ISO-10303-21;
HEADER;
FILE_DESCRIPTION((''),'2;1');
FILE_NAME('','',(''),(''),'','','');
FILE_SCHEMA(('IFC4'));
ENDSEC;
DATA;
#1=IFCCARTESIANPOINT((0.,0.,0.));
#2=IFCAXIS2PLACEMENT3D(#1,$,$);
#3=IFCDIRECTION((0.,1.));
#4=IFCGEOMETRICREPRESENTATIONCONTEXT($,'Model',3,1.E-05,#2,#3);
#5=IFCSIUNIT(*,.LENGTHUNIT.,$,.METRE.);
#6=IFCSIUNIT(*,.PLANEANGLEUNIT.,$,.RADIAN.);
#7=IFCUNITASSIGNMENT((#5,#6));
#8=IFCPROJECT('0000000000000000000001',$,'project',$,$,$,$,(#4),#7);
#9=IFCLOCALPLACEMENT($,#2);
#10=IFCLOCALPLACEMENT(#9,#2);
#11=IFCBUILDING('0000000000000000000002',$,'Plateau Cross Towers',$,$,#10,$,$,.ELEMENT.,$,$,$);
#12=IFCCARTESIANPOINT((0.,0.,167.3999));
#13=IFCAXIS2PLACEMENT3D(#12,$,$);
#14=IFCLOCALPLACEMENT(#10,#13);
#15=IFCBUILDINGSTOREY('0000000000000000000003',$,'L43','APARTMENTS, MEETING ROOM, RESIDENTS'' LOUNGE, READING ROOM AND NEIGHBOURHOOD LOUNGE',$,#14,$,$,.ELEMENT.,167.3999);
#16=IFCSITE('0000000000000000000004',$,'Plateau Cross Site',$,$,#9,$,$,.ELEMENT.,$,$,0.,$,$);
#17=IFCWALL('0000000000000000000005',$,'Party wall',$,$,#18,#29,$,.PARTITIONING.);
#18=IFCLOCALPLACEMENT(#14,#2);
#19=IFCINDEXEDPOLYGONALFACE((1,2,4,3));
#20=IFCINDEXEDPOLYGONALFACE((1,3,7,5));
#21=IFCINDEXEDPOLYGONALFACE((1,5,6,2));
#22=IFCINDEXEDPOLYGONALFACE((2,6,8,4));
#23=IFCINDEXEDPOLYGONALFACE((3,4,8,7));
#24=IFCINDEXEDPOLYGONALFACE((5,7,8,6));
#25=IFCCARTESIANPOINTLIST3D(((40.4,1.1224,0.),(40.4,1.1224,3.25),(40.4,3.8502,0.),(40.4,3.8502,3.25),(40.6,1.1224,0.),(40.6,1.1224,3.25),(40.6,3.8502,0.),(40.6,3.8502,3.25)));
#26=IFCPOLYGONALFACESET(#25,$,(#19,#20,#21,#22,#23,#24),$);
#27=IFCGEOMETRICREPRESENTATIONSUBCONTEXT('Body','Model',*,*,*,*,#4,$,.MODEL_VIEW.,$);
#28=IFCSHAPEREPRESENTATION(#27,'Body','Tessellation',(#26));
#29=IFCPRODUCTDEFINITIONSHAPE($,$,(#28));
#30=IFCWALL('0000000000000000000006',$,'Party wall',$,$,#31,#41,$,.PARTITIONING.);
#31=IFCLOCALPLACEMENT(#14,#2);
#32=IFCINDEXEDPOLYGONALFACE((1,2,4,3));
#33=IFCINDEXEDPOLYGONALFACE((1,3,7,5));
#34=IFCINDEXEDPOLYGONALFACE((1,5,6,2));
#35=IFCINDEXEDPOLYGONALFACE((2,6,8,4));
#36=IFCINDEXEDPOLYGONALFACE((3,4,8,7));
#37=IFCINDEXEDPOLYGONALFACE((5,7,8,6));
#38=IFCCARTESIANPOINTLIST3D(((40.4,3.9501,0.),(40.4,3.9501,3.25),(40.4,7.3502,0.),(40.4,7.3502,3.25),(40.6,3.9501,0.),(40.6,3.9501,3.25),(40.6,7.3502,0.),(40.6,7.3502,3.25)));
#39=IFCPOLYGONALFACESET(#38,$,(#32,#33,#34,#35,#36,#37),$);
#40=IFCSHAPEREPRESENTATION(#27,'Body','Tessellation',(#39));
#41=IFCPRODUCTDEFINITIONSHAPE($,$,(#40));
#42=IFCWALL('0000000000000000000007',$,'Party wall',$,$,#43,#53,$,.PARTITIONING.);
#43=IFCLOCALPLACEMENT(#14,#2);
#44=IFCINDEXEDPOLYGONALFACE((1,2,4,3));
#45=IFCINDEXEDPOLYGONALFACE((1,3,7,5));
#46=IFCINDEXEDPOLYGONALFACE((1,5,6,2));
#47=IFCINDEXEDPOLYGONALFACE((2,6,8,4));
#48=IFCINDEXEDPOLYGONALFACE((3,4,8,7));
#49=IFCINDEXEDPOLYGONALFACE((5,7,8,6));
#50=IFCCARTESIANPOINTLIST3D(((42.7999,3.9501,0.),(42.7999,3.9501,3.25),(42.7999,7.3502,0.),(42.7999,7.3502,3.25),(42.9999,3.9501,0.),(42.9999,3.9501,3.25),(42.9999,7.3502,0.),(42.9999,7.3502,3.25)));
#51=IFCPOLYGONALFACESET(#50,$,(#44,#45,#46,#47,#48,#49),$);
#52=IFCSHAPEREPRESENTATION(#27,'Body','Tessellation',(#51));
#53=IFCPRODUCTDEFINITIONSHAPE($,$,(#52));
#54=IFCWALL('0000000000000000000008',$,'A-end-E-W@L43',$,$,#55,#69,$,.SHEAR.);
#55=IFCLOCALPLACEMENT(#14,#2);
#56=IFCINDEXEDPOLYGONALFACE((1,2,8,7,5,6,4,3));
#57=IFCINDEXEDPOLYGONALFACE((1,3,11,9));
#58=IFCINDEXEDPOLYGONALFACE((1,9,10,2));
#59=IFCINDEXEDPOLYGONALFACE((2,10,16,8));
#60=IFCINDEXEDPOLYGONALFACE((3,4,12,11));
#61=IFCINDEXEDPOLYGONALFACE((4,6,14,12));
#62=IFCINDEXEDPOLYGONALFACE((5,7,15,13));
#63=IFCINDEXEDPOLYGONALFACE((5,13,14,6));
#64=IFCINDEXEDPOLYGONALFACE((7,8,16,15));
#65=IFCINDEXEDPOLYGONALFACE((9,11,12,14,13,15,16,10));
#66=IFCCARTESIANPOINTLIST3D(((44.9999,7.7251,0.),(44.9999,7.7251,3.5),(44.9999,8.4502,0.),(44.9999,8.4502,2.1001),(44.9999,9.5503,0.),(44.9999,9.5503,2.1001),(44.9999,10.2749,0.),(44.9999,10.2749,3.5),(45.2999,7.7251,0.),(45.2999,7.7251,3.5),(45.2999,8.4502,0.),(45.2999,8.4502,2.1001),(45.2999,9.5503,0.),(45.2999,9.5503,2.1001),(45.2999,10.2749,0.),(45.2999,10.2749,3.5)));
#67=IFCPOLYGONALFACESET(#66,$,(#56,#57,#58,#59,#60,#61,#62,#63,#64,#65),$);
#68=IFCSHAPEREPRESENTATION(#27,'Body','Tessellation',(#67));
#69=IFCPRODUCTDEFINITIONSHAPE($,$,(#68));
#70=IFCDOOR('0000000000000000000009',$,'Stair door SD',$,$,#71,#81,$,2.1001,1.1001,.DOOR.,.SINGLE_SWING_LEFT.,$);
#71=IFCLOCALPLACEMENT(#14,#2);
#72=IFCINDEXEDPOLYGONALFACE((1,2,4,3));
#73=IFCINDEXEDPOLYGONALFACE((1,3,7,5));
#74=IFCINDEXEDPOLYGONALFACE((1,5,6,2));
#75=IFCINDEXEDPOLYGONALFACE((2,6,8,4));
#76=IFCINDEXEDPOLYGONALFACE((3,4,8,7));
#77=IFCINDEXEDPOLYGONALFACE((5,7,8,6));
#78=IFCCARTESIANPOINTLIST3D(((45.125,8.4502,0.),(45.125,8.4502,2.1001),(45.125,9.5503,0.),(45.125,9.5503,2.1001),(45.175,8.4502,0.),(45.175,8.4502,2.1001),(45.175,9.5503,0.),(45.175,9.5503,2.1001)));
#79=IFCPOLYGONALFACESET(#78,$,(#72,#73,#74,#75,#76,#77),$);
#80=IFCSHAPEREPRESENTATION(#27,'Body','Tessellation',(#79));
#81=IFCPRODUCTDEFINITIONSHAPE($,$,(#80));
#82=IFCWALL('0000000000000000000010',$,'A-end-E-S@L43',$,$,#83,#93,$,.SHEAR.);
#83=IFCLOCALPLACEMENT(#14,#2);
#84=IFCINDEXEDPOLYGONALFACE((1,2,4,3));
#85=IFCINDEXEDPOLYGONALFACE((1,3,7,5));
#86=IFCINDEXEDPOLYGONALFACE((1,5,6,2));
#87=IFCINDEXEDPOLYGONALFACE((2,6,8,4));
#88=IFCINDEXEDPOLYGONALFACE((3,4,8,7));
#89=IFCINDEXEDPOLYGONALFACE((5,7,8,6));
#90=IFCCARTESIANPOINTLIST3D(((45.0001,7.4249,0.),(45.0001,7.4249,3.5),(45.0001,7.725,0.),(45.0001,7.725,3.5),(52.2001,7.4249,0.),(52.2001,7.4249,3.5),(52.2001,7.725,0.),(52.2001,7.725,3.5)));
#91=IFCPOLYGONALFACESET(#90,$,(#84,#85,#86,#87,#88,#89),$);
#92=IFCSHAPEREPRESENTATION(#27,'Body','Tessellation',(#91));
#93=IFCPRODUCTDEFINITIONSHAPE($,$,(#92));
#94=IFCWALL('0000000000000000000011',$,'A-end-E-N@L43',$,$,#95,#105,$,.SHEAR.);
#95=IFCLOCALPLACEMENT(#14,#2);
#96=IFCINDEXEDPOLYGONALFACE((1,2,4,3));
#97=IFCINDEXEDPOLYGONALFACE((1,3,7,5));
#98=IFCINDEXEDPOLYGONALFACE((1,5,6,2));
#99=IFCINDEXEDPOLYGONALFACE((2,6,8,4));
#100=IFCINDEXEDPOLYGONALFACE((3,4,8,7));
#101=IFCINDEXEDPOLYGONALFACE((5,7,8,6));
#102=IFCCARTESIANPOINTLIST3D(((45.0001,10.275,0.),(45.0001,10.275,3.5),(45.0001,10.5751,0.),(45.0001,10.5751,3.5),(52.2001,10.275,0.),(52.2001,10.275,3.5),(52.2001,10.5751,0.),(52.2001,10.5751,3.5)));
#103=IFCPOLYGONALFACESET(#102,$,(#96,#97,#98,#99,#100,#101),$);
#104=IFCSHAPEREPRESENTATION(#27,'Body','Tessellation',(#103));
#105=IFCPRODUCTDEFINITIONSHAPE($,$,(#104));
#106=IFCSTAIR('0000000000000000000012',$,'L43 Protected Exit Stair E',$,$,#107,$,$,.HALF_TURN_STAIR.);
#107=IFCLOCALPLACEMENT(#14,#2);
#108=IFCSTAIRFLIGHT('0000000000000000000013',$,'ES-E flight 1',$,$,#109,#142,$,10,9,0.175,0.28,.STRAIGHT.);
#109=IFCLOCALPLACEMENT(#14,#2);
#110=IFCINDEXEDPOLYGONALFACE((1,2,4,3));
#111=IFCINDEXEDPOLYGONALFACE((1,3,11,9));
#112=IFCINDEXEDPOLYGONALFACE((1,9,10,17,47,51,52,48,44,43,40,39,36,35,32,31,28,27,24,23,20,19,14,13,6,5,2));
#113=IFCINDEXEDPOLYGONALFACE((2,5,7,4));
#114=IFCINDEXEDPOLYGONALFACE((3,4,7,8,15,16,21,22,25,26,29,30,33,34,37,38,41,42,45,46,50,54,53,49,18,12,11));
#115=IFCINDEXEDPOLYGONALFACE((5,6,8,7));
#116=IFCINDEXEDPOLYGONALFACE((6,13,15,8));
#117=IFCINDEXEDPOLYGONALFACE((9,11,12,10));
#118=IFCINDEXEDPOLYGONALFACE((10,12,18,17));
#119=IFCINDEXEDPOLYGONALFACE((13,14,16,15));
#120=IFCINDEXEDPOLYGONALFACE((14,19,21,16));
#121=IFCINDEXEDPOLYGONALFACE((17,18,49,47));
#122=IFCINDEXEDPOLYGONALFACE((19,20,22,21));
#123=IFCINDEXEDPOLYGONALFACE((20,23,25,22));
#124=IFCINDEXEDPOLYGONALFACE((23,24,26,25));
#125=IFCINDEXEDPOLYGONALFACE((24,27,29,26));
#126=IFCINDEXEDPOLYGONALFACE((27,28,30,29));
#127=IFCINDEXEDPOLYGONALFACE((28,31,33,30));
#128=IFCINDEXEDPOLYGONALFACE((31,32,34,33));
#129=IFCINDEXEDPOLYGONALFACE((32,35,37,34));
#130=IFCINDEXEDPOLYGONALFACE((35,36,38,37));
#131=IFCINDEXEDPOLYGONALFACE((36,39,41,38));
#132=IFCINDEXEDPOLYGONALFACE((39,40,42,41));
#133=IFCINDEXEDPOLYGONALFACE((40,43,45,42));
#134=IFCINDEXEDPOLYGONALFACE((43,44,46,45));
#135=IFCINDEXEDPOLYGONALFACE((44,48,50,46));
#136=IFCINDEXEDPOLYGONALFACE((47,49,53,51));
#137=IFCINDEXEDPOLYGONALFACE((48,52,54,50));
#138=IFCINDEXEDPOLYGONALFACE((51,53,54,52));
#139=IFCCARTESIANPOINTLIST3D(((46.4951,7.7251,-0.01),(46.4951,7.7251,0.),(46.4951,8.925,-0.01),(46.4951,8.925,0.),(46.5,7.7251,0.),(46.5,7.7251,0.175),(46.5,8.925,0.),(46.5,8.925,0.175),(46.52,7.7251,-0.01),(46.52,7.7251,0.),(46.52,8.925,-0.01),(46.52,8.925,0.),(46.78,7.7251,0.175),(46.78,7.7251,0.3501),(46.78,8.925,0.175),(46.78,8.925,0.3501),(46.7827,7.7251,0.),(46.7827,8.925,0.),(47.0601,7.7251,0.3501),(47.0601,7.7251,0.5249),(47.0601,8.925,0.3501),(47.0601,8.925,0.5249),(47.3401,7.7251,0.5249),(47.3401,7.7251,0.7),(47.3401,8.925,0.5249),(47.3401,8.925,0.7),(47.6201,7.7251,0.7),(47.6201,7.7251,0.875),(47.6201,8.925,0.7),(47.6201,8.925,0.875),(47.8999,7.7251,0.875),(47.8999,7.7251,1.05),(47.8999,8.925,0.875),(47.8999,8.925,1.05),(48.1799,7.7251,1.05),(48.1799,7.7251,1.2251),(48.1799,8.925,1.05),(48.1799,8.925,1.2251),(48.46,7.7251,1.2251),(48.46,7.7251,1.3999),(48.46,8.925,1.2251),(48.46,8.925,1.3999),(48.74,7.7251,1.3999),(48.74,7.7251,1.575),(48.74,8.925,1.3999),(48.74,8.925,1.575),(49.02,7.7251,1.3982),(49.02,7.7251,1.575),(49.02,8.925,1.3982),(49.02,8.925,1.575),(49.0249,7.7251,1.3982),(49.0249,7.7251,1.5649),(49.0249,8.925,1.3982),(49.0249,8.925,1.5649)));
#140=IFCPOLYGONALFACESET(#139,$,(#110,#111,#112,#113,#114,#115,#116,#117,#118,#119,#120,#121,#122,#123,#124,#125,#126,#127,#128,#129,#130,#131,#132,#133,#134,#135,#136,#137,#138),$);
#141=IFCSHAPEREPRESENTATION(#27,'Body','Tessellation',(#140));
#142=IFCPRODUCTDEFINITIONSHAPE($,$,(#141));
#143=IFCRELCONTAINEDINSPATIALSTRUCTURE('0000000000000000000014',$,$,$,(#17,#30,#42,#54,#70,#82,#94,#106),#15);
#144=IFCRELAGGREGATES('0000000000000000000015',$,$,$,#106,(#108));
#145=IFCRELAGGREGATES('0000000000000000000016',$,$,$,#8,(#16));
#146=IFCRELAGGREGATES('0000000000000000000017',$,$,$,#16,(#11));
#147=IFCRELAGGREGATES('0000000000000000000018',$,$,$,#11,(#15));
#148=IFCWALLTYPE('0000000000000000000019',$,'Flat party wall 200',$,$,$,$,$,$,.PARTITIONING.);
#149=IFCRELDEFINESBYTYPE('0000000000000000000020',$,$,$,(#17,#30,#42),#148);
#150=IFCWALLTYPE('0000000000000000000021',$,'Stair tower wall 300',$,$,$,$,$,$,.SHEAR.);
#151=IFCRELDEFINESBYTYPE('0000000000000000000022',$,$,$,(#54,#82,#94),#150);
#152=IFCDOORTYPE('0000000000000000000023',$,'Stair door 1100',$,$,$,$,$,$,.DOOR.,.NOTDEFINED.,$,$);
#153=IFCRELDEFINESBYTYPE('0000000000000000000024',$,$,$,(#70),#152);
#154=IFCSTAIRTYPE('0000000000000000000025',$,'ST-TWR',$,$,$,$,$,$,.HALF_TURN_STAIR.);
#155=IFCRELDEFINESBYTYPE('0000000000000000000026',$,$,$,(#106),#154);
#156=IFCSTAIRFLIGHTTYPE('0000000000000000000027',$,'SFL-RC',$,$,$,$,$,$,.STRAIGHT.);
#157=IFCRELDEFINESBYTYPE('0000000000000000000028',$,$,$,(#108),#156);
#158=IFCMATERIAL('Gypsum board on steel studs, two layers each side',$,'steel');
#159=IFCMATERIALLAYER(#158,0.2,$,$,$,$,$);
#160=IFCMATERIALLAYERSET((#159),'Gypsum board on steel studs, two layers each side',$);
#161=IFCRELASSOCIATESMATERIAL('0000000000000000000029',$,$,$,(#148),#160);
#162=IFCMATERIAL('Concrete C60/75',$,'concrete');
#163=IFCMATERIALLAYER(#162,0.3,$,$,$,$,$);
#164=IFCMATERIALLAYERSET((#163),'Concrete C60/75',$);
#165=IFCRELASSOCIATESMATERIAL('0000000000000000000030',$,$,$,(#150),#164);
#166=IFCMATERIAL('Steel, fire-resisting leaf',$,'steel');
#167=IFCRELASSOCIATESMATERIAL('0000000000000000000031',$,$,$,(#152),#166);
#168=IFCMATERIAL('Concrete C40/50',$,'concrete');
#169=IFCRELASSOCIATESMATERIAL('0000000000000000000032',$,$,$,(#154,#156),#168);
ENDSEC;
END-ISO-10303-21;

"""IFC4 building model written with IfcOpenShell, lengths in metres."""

from ifc_helpers import new_model, si_unit, direction, frame, frame_2d, origin, place, context, subcontext, project, spatial, polyline, rectangle, outline, extrude, material, layer, layer_set, type_object, element, fill, aggregate, save


model = new_model("IFC4")

# Units and contexts
model_context = context("Model", 3, precision=1e-05, world=origin(), true_north=direction((0.0, 1.0)))
body_context = subcontext(model_context, "Body", "Model", "MODEL_VIEW")
ifc_project = project(units=[si_unit("LENGTHUNIT", "METRE"), si_unit("PLANEANGLEUNIT", "RADIAN")], contexts=[model_context])

# Site, building, storey
site_placement = place(None, origin())
site = spatial("IfcSite", under=ifc_project, at=site_placement, Name="Plateau Cross Site", CompositionType="ELEMENT", RefElevation=0.0)
building_placement = place(site_placement, origin())
building = spatial("IfcBuilding", under=site, at=building_placement, Name="Plateau Cross Towers", CompositionType="ELEMENT")
storey_placement = place(building_placement, frame((0.0, 0.0, 167.3999)))
storey = spatial("IfcBuildingStorey", under=building, at=storey_placement, Name="L43", Description="APARTMENTS, MEETING ROOM, RESIDENTS' LOUNGE, READING ROOM AND NEIGHBOURHOOD LOUNGE", CompositionType="ELEMENT", Elevation=167.3999)

# Walls
ifc_material_1 = material(Name="Gypsum board on steel studs, two layers each side", Category="steel")
ifc_layer_1 = layer(ifc_material_1, 0.2)
ifc_layer_set_1 = layer_set([ifc_layer_1], Name="Gypsum board on steel studs, two layers each side")
wall_type_1 = type_object("IfcWallType", Name="Flat party wall 200", PredefinedType="PARTITIONING", material=ifc_layer_set_1)
wall_1_placement = place(storey_placement, frame((40.5, 3.8501, 0.0), z_axis=(0.0, 0.0, 1.0), x_axis=(0.0, -1.0, 0.0)))
element("IfcWall", 1, at=wall_1_placement, inside=storey, type_object=wall_type_1, Name="Party wall", PredefinedType="PARTITIONING", context=body_context, shape_type="SweptSolid", body=[
    extrude(rectangle(XDim=2.7278, YDim=0.2, at=frame_2d((1.3638, 0.0))), origin(), (0.0, 0.0, 1.0), 3.25),
])
for number, where, z_axis, x_axis, name in (
    (2, (40.5, 3.95, 0.0), (0.0, 0.0, 1.0), (0.0, 1.0, 0.0), "Party wall"),
    (3, (42.8999, 3.95, 0.0), (0.0, 0.0, 1.0), (0.0, 1.0, 0.0), "Party wall"),
):
    element("IfcWall", number, at=place(storey_placement, frame(where, z_axis=z_axis, x_axis=x_axis)), inside=storey, type_object=wall_type_1, Name=name, PredefinedType="PARTITIONING", context=body_context, shape_type="SweptSolid", body=[
        extrude(rectangle(XDim=3.4001, YDim=0.2, at=frame_2d((1.7002, 0.0))), origin(), (0.0, 0.0, 1.0), 3.25),
    ])

# Wall, opening, door
ifc_material_2 = material(Name="Concrete C60/75", Category="concrete")
ifc_layer_2 = layer(ifc_material_2, 0.3)
ifc_layer_set_2 = layer_set([ifc_layer_2], Name="Concrete C60/75")
wall_type_2 = type_object("IfcWallType", Name="Stair tower wall 300", PredefinedType="SHEAR", material=ifc_layer_set_2)
wall_2_placement = place(storey_placement, frame((45.1499, 7.7251, 0.0), z_axis=(0.0, 0.0, 1.0), x_axis=(0.0, 1.0, 0.0)))
wall_2 = element("IfcWall", 4, at=wall_2_placement, inside=storey, type_object=wall_type_2, Name="A-end-E-W@L43", PredefinedType="SHEAR", context=body_context, shape_type="SweptSolid", body=[
    extrude(rectangle(XDim=2.5498, YDim=0.3, at=frame_2d((1.2749, 0.0))), origin(), (0.0, 0.0, 1.0), 3.5),
])
opening_1_placement = place(wall_2_placement, frame((0.7251, 0.0, 0.0)))
opening_1 = element("IfcOpeningElement", 5, at=opening_1_placement, cuts=wall_2, PredefinedType="OPENING", context=body_context, shape_type="SweptSolid", body=[
    extrude(rectangle(XDim=1.1001, YDim=2.1001, at=frame_2d((0.55, 1.05))), frame((0.0, 0.1599, 0.0), z_axis=(0.0, -1.0, 0.0), x_axis=(1.0, 0.0, 0.0)), (0.0, 0.0, 1.0), 0.3201),
])
ifc_material_3 = material(Name="Steel, fire-resisting leaf", Category="steel")
door_type_1 = type_object("IfcDoorType", Name="Stair door 1100", OperationType="NOTDEFINED", PredefinedType="DOOR", material=ifc_material_3)
door_1_placement = place(opening_1_placement, origin())
door_1 = element("IfcDoor", 6, at=door_1_placement, inside=storey, type_object=door_type_1, Name="Stair door SD", OperationType="SINGLE_SWING_LEFT", OverallHeight=2.1001, OverallWidth=1.1001, PredefinedType="DOOR", context=body_context, shape_type="SweptSolid", body=[
    extrude(rectangle(XDim=1.1001, YDim=2.1001, at=frame_2d((0.55, 1.05))), frame((0.0, 0.0249, 0.0), z_axis=(0.0, -1.0, 0.0), x_axis=(1.0, 0.0, 0.0)), (0.0, 0.0, 1.0), 0.05),
])
fill(opening_1, door_1)

# Walls
for number, where, z_axis, x_axis, name in (
    (7, (45.0, 7.575, 0.0), (0.0, 0.0, 1.0), (1.0, 0.0, 0.0), "A-end-E-S@L43"),
    (8, (45.0, 10.425, 0.0), (0.0, 0.0, 1.0), (1.0, 0.0, 0.0), "A-end-E-N@L43"),
):
    element("IfcWall", number, at=place(storey_placement, frame(where, z_axis=z_axis, x_axis=x_axis)), inside=storey, type_object=wall_type_2, Name=name, PredefinedType="SHEAR", context=body_context, shape_type="SweptSolid", body=[
        extrude(rectangle(XDim=7.2, YDim=0.3, at=frame_2d((3.6001, 0.0))), origin(), (0.0, 0.0, 1.0), 3.5),
    ])

# Stair, stair flight
ifc_material_4 = material(Name="Concrete C40/50", Category="concrete")
stair_type = type_object("IfcStairType", Name="ST-TWR", PredefinedType="HALF_TURN_STAIR", material=ifc_material_4)
stair_placement = place(storey_placement, origin())
stair = element("IfcStair", 9, at=stair_placement, inside=storey, type_object=stair_type, Name="L43 Protected Exit Stair E", PredefinedType="HALF_TURN_STAIR")
stair_flight_type = type_object("IfcStairFlightType", Name="SFL-RC", PredefinedType="STRAIGHT", material=ifc_material_4)
stair_flight_placement = place(storey_placement, frame((46.5, 8.325, 0.0), z_axis=(0.0, 0.0, 1.0), x_axis=(1.0, 0.0, 0.0)))
stair_flight = element("IfcStairFlight", 10, at=stair_flight_placement, type_object=stair_flight_type, Name="ES-E flight 1", NumberOfRisers=10, NumberOfTreads=9, PredefinedType="STRAIGHT", RiserHeight=0.175, TreadLength=0.28, context=body_context, shape_type="SweptSolid", body=[
    extrude(outline(polyline([(-0.0049, -0.01), (-0.0049, 0.0), (0.0, 0.0), (0.0, 0.175), (0.28, 0.175), (0.28, 0.3501), (0.5601, 0.3501), (0.5601, 0.5249), (0.8401, 0.5249), (0.8401, 0.7), (1.1201, 0.7), (1.1201, 0.875), (1.3999, 0.875), (1.3999, 1.05), (1.6799, 1.05), (1.6799, 1.2251), (1.96, 1.2251), (1.96, 1.3999), (2.24, 1.3999), (2.24, 1.575), (2.52, 1.575), (2.5249, 1.5649), (2.5249, 1.3982), (2.52, 1.3982), (0.2827, 0.0), (0.02, 0.0), (0.02, -0.01), (-0.0049, -0.01)])), frame((0.0, 0.6001, 0.0), z_axis=(0.0, -1.0, 0.0), x_axis=(1.0, 0.0, 0.0)), (0.0, 0.0, 1.0), 1.2),
])
aggregate(stair, [stair_flight])

save(model, "model.ifc")
